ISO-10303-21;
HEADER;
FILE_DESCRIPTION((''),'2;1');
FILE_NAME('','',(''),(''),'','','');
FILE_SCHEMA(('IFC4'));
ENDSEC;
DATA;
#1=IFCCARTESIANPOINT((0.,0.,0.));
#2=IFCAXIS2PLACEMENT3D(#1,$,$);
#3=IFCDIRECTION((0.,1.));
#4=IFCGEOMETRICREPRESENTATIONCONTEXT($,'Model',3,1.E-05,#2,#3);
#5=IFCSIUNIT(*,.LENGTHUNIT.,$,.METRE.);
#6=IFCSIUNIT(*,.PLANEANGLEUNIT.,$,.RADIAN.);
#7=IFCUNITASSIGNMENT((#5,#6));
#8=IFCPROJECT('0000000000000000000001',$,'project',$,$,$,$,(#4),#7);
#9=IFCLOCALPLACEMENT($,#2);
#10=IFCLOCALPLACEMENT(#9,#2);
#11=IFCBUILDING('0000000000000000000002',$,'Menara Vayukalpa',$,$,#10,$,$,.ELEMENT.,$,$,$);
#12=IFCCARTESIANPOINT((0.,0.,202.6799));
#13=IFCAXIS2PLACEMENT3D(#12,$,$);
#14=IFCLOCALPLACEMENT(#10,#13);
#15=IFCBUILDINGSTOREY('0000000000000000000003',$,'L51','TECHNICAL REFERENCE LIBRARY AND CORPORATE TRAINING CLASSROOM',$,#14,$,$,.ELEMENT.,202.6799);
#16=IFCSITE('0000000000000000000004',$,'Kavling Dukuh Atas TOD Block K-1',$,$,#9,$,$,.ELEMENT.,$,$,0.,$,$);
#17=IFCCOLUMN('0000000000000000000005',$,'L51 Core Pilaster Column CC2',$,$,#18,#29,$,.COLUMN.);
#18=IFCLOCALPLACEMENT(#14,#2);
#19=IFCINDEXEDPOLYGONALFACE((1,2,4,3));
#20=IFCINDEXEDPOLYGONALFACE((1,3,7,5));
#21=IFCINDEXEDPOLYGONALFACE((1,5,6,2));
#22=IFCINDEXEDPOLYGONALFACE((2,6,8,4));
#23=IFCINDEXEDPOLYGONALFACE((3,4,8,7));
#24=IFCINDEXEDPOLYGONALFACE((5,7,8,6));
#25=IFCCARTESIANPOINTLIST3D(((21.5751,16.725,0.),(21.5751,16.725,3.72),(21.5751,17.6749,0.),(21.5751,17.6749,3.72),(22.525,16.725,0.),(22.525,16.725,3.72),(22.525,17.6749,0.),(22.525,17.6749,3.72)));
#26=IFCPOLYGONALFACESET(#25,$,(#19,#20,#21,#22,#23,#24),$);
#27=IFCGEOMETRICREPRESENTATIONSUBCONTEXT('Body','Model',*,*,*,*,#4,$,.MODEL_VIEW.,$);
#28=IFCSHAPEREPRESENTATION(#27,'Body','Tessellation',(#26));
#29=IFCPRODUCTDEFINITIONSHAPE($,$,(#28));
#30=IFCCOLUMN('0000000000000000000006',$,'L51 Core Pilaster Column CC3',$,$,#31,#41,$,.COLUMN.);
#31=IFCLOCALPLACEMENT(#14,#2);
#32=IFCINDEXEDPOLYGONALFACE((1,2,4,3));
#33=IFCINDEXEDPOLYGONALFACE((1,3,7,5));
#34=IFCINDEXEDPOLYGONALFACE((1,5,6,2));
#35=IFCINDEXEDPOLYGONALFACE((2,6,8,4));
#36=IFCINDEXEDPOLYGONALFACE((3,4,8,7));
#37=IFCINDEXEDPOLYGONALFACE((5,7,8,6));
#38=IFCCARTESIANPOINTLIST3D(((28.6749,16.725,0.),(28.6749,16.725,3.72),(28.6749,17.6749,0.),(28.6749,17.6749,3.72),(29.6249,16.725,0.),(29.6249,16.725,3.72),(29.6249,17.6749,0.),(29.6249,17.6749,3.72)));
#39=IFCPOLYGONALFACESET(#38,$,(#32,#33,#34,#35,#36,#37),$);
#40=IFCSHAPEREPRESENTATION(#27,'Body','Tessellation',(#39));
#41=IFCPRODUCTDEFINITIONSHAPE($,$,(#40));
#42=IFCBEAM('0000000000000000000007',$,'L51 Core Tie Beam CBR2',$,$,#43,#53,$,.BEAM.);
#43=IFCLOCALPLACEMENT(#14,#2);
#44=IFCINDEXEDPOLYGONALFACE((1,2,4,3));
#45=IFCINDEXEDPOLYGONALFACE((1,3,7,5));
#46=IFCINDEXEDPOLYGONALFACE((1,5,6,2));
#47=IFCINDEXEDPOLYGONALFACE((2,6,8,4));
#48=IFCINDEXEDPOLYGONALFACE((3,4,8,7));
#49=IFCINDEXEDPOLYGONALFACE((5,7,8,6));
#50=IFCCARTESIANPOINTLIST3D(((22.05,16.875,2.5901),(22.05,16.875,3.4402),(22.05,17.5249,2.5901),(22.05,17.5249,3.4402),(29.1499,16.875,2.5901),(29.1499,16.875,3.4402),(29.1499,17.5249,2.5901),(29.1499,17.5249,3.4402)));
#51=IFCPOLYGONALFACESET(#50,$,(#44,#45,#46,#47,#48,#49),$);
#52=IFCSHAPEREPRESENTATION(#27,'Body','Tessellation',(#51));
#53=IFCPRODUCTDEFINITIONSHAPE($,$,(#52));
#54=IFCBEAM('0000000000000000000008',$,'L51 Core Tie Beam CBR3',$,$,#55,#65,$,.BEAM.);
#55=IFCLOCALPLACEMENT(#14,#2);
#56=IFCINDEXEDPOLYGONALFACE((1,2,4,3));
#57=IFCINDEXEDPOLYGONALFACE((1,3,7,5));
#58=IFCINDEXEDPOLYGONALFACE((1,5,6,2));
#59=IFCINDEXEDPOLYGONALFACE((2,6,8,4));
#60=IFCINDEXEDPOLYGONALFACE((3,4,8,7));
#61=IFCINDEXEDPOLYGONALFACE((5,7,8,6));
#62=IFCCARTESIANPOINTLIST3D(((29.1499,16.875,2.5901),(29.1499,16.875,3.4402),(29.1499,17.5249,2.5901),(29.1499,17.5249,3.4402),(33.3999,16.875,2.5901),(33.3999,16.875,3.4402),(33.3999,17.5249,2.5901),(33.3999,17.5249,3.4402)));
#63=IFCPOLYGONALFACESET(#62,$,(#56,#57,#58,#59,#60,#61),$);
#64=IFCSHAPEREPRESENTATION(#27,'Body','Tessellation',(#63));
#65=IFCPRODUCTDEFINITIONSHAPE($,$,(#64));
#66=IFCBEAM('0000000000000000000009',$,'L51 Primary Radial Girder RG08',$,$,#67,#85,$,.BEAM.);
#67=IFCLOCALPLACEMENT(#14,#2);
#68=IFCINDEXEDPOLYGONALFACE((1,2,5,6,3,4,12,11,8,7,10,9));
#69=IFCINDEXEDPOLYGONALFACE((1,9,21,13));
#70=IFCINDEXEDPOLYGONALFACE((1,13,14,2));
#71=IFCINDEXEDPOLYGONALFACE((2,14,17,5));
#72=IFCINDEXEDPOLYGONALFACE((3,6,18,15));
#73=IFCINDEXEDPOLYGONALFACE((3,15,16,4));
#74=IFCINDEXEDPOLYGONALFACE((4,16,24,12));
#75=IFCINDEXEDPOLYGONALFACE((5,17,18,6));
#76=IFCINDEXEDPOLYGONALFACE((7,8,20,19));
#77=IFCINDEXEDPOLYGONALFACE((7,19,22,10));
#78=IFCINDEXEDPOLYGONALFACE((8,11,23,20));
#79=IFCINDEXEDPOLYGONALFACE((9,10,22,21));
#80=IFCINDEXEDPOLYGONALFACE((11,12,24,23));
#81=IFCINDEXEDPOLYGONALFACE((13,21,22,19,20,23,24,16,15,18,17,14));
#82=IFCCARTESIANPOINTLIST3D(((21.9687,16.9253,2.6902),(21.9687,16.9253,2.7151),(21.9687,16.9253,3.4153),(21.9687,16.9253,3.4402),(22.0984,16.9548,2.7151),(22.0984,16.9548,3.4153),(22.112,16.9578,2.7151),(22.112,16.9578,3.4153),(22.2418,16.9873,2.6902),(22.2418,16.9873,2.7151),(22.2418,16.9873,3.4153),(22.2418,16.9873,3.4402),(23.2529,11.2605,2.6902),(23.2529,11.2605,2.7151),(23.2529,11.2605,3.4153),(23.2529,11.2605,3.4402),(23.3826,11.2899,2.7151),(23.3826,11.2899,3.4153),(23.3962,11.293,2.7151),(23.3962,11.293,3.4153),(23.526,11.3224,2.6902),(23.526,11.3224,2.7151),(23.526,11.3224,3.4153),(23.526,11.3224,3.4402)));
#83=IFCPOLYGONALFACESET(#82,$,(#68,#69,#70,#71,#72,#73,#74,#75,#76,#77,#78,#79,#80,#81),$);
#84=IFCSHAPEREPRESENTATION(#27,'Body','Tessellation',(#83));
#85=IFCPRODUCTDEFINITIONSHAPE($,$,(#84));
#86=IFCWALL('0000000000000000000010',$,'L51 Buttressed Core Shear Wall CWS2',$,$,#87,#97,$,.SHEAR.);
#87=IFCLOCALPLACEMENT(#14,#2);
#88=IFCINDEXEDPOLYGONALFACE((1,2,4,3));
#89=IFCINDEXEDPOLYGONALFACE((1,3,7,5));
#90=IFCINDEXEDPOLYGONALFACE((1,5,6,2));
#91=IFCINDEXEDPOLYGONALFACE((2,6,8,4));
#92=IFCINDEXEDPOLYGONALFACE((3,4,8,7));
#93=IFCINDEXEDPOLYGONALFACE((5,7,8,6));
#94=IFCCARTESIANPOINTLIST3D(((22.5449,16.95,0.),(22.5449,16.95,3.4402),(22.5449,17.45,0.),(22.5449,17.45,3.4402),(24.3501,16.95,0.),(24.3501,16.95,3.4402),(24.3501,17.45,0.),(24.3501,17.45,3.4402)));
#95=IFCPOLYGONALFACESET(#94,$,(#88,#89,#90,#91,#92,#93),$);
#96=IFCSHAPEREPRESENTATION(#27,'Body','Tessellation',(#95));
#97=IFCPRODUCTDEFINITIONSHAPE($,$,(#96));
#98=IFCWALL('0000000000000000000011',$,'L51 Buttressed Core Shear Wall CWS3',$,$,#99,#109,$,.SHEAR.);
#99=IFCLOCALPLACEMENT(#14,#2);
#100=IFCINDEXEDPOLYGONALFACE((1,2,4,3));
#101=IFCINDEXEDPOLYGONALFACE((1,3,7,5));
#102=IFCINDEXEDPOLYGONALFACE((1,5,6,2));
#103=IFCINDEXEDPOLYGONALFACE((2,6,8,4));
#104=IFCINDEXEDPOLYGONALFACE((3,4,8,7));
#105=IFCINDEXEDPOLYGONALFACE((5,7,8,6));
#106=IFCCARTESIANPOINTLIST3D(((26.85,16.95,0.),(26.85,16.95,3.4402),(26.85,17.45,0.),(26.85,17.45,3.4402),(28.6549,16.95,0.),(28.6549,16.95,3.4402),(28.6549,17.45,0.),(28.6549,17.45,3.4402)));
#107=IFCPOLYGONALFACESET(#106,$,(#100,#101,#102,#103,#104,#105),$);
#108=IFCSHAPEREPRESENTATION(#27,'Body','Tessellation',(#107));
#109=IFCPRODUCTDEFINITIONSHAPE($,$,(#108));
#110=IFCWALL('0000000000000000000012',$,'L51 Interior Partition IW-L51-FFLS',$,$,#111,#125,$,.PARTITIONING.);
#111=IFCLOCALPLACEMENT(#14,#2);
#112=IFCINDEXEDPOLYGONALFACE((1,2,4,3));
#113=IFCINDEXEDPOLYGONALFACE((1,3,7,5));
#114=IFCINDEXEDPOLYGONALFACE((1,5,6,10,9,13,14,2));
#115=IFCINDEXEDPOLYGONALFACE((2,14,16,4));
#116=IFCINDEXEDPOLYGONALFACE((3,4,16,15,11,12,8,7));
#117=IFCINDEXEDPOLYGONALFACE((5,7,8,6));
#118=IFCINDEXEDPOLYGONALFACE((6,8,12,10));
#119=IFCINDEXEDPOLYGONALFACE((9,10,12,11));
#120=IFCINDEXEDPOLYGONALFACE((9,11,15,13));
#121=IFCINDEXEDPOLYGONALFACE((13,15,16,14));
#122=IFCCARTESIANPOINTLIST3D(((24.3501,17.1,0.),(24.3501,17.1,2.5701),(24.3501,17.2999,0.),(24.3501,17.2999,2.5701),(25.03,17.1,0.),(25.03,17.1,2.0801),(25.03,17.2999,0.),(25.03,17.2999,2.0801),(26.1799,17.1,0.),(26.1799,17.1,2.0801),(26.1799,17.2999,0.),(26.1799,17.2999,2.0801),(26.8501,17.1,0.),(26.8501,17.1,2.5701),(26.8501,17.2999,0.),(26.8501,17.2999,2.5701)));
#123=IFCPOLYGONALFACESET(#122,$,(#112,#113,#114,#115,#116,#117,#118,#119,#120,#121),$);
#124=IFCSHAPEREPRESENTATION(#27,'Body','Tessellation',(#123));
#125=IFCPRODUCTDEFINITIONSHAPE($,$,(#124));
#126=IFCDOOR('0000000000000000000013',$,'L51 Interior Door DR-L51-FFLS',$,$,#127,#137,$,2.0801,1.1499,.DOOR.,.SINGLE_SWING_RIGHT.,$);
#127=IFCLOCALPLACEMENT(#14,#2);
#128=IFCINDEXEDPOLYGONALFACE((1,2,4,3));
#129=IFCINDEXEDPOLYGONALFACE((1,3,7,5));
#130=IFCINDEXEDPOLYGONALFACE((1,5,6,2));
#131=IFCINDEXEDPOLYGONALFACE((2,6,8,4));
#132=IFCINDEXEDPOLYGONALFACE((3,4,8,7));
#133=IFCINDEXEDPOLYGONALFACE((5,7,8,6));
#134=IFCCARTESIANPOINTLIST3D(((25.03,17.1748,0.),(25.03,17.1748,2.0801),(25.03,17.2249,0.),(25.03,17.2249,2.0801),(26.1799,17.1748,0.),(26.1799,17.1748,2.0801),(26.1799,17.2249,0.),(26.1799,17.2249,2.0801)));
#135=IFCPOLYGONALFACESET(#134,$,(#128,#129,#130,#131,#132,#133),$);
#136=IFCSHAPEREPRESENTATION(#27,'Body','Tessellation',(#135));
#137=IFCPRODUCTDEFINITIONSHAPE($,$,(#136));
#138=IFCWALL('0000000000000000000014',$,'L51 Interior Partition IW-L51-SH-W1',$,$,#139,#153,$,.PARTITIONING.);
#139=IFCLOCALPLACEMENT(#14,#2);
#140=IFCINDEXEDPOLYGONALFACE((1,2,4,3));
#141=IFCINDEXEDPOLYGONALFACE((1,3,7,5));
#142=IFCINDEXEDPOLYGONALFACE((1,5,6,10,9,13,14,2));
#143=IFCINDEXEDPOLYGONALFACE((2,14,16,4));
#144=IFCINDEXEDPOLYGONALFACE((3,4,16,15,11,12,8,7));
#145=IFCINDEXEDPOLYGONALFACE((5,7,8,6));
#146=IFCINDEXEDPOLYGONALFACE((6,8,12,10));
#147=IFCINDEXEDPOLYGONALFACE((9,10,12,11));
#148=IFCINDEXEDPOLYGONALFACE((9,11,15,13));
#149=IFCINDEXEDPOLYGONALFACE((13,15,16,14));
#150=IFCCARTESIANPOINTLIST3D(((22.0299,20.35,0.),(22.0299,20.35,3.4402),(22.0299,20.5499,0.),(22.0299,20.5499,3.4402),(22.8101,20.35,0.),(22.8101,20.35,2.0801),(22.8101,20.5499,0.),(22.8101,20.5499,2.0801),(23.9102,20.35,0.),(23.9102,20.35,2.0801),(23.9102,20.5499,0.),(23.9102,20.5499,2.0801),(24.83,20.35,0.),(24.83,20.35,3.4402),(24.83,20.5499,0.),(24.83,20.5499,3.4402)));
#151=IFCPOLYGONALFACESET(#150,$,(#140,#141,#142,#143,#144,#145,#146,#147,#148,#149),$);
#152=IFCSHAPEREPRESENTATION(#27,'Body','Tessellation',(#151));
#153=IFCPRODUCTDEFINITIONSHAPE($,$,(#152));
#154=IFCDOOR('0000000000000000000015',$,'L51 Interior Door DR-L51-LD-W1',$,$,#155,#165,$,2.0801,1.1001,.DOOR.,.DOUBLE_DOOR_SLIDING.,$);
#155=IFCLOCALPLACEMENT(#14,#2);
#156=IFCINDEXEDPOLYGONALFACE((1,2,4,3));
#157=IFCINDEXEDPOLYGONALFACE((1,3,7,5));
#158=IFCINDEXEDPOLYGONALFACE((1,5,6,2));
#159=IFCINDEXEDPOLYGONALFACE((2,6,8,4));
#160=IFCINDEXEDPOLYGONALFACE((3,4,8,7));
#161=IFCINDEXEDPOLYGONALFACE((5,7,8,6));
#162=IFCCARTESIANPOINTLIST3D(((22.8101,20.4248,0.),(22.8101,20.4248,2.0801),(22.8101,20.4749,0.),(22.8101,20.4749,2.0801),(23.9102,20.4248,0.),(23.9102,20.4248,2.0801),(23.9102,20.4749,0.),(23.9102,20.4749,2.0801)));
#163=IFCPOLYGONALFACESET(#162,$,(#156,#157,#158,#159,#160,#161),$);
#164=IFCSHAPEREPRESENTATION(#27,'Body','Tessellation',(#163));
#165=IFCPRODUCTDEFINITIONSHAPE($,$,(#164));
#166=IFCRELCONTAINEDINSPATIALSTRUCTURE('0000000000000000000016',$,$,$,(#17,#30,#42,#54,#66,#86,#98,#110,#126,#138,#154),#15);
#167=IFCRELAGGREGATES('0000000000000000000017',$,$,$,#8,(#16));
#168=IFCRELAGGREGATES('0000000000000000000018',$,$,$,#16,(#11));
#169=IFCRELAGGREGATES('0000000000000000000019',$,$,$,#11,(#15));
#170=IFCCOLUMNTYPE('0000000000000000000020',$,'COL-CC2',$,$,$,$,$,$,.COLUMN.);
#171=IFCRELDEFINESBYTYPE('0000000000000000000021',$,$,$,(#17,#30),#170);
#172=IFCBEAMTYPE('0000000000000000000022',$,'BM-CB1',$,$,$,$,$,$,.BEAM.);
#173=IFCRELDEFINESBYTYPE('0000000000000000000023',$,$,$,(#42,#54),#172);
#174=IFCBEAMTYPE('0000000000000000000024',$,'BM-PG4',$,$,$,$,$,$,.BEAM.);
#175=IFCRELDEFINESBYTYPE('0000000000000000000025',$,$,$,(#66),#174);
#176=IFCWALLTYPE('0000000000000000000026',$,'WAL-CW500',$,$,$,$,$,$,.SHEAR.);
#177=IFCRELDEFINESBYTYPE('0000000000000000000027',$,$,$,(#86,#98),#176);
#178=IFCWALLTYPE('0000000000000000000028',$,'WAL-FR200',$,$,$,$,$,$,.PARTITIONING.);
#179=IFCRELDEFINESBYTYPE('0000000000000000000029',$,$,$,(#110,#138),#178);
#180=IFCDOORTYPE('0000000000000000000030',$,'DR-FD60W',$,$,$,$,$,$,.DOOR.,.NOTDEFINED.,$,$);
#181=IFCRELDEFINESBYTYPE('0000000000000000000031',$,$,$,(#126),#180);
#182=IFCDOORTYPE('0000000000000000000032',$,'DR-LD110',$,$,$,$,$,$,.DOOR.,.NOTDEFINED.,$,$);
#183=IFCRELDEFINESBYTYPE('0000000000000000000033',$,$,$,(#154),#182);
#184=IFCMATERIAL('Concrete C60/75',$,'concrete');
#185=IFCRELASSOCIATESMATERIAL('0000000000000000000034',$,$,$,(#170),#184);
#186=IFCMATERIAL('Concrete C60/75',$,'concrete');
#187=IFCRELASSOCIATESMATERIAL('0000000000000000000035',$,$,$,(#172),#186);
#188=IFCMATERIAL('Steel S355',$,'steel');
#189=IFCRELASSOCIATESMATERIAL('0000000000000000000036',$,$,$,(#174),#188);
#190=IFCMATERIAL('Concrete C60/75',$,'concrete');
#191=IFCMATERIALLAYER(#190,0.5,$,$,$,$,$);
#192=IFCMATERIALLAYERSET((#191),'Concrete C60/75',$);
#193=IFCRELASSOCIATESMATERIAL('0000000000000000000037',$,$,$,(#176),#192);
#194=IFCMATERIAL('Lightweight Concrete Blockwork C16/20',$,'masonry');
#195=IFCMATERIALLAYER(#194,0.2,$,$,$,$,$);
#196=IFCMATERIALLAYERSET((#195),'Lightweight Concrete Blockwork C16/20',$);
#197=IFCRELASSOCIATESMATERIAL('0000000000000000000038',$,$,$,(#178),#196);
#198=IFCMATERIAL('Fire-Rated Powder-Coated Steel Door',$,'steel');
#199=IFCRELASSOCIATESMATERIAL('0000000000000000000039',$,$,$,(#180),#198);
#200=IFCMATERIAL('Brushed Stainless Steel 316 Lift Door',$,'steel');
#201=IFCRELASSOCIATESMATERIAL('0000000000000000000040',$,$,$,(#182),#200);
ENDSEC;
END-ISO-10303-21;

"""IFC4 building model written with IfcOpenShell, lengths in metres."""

from ifc_helpers import new_model, si_unit, direction, frame, frame_2d, origin, origin_2d, place, context, subcontext, project, spatial, rectangle, i_section, extrude, material, layer, layer_set, material_profile, profile_set, type_object, element, fill, save


model = new_model("IFC4")

# Units and contexts
model_context = context("Model", 3, precision=1e-05, world=origin(), true_north=direction((0.0, 1.0)))
body_context = subcontext(model_context, "Body", "Model", "MODEL_VIEW")
ifc_project = project(units=[si_unit("LENGTHUNIT", "METRE"), si_unit("PLANEANGLEUNIT", "RADIAN")], contexts=[model_context])

# Site, building, storey
site_placement = place(None, origin())
site = spatial("IfcSite", under=ifc_project, at=site_placement, Name="Kavling Dukuh Atas TOD Block K-1", CompositionType="ELEMENT", RefElevation=0.0)
building_placement = place(site_placement, origin())
building = spatial("IfcBuilding", under=site, at=building_placement, Name="Menara Vayukalpa", CompositionType="ELEMENT")
storey_placement = place(building_placement, frame((0.0, 0.0, 202.6799)))
storey = spatial("IfcBuildingStorey", under=building, at=storey_placement, Name="L51", Description="TECHNICAL REFERENCE LIBRARY AND CORPORATE TRAINING CLASSROOM", CompositionType="ELEMENT", Elevation=202.6799)

# Columns
ifc_material_1 = material(Name="Concrete C60/75", Category="concrete")
ifc_material_profile_1 = material_profile(ifc_material_1, rectangle(XDim=0.95, YDim=0.95, at=origin_2d()), Name="RC 950x950")
ifc_profile_set_1 = profile_set([ifc_material_profile_1], Name="Concrete C60/75")
column_type = type_object("IfcColumnType", Name="COL-CC2", PredefinedType="COLUMN", material=ifc_profile_set_1)
for number, where, z_axis, x_axis, name in (
    (1, (22.05, 17.2, 0.0), (0.0, 0.0, 1.0), (1.0, 0.0, 0.0), "L51 Core Pilaster Column CC2"),
    (2, (29.1499, 17.2, 0.0), (0.0, 0.0, 1.0), (1.0, 0.0, 0.0), "L51 Core Pilaster Column CC3"),
):
    element("IfcColumn", number, at=place(storey_placement, frame(where, z_axis=z_axis, x_axis=x_axis)), inside=storey, type_object=column_type, Name=name, PredefinedType="COLUMN", context=body_context, shape_type="SweptSolid", body=[
        extrude(rectangle(XDim=0.95, YDim=0.95, at=origin_2d()), origin(), (0.0, 0.0, 1.0), 3.72),
    ])

# Beams
ifc_material_2 = material(Name="Concrete C60/75", Category="concrete")
ifc_material_profile_2 = material_profile(ifc_material_2, rectangle(XDim=0.6499, YDim=0.8501, at=origin_2d()), Name="RC 650x850")
ifc_profile_set_2 = profile_set([ifc_material_profile_2], Name="Concrete C60/75")
beam_type_1 = type_object("IfcBeamType", Name="BM-CB1", PredefinedType="BEAM", material=ifc_profile_set_2)
beam_1_placement = place(storey_placement, frame((22.05, 17.2, 3.0151), z_axis=(1.0, 0.0, 0.0), x_axis=(0.0, 1.0, 0.0)))
element("IfcBeam", 3, at=beam_1_placement, inside=storey, type_object=beam_type_1, Name="L51 Core Tie Beam CBR2", PredefinedType="BEAM", context=body_context, shape_type="SweptSolid", body=[
    extrude(rectangle(XDim=0.6499, YDim=0.8501, at=origin_2d()), origin(), (0.0, 0.0, 1.0), 7.0999),
])
beam_2_placement = place(storey_placement, frame((29.1499, 17.2, 3.0151), z_axis=(1.0, 0.0, 0.0), x_axis=(0.0, 1.0, 0.0)))
element("IfcBeam", 4, at=beam_2_placement, inside=storey, type_object=beam_type_1, Name="L51 Core Tie Beam CBR3", PredefinedType="BEAM", context=body_context, shape_type="SweptSolid", body=[
    extrude(rectangle(XDim=0.6499, YDim=0.8501, at=origin_2d()), origin(), (0.0, 0.0, 1.0), 4.25),
])
ifc_material_3 = material(Name="Steel S355", Category="steel")
ifc_material_profile_3 = material_profile(ifc_material_3, i_section(OverallWidth=0.28, OverallDepth=0.75, WebThickness=0.0139, FlangeThickness=0.0249, at=origin_2d()), Name="WF 750x280x14x25")
ifc_profile_set_3 = profile_set([ifc_material_profile_3], Name="Steel S355")
beam_type_2 = type_object("IfcBeamType", Name="BM-PG4", PredefinedType="BEAM", material=ifc_profile_set_3)
beam_3_placement = place(storey_placement, frame((22.1052, 16.9563, 3.0652), z_axis=(0.221085, -0.975255, 0.0), x_axis=(0.975255, 0.221085, 0.0)))
element("IfcBeam", 5, at=beam_3_placement, inside=storey, type_object=beam_type_2, Name="L51 Primary Radial Girder RG08", PredefinedType="BEAM", context=body_context, shape_type="SweptSolid", body=[
    extrude(i_section(OverallWidth=0.28, OverallDepth=0.75, WebThickness=0.0139, FlangeThickness=0.0249, at=origin_2d()), origin(), (0.0, 0.0, 1.0), 5.8086),
])

# Walls
ifc_material_4 = material(Name="Concrete C60/75", Category="concrete")
ifc_layer_1 = layer(ifc_material_4, 0.5)
ifc_layer_set_1 = layer_set([ifc_layer_1], Name="Concrete C60/75")
wall_type_1 = type_object("IfcWallType", Name="WAL-CW500", PredefinedType="SHEAR", material=ifc_layer_set_1)
wall_1_placement = place(storey_placement, frame((22.5449, 17.2, 0.0), z_axis=(0.0, 0.0, 1.0), x_axis=(1.0, 0.0, 0.0)))
element("IfcWall", 6, at=wall_1_placement, inside=storey, type_object=wall_type_1, Name="L51 Buttressed Core Shear Wall CWS2", PredefinedType="SHEAR", context=body_context, shape_type="SweptSolid", body=[
    extrude(rectangle(XDim=1.8052, YDim=0.5, at=frame_2d((0.9026, 0.0))), origin(), (0.0, 0.0, 1.0), 3.4402),
])
wall_2_placement = place(storey_placement, frame((26.8501, 17.2, 0.0), z_axis=(0.0, 0.0, 1.0), x_axis=(1.0, 0.0, 0.0)))
element("IfcWall", 7, at=wall_2_placement, inside=storey, type_object=wall_type_1, Name="L51 Buttressed Core Shear Wall CWS3", PredefinedType="SHEAR", context=body_context, shape_type="SweptSolid", body=[
    extrude(rectangle(XDim=1.8049, YDim=0.5, at=frame_2d((0.9023, 0.0))), origin(), (0.0, 0.0, 1.0), 3.4402),
])

# Walls, openings, doors
ifc_material_5 = material(Name="Lightweight Concrete Blockwork C16/20", Category="masonry")
ifc_layer_2 = layer(ifc_material_5, 0.2)
ifc_layer_set_2 = layer_set([ifc_layer_2], Name="Lightweight Concrete Blockwork C16/20")
wall_type_2 = type_object("IfcWallType", Name="WAL-FR200", PredefinedType="PARTITIONING", material=ifc_layer_set_2)
wall_3_placement = place(storey_placement, frame((24.3501, 17.2, 0.0), z_axis=(0.0, 0.0, 1.0), x_axis=(1.0, 0.0, 0.0)))
wall_3 = element("IfcWall", 8, at=wall_3_placement, inside=storey, type_object=wall_type_2, Name="L51 Interior Partition IW-L51-FFLS", PredefinedType="PARTITIONING", context=body_context, shape_type="SweptSolid", body=[
    extrude(rectangle(XDim=2.5, YDim=0.2, at=frame_2d((1.25, 0.0))), origin(), (0.0, 0.0, 1.0), 2.5701),
])
opening_1_placement = place(wall_3_placement, frame((0.6799, 0.0, 0.0)))
opening_1 = element("IfcOpeningElement", 9, at=opening_1_placement, cuts=wall_3, PredefinedType="OPENING", context=body_context, shape_type="SweptSolid", body=[
    extrude(rectangle(XDim=1.1499, YDim=2.0801, at=frame_2d((0.575, 1.04))), frame((0.0, 0.1099, 0.0), z_axis=(0.0, -1.0, 0.0), x_axis=(1.0, 0.0, 0.0)), (0.0, 0.0, 1.0), 0.22),
])
ifc_material_6 = material(Name="Fire-Rated Powder-Coated Steel Door", Category="steel")
door_type_1 = type_object("IfcDoorType", Name="DR-FD60W", OperationType="NOTDEFINED", PredefinedType="DOOR", material=ifc_material_6)
door_1_placement = place(opening_1_placement, origin())
door_1 = element("IfcDoor", 10, at=door_1_placement, inside=storey, type_object=door_type_1, Name="L51 Interior Door DR-L51-FFLS", OperationType="SINGLE_SWING_RIGHT", OverallHeight=2.0801, OverallWidth=1.1499, PredefinedType="DOOR", context=body_context, shape_type="SweptSolid", body=[
    extrude(rectangle(XDim=1.1499, YDim=2.0801, at=frame_2d((0.575, 1.04))), frame((0.0, 0.0249, 0.0), z_axis=(0.0, -1.0, 0.0), x_axis=(1.0, 0.0, 0.0)), (0.0, 0.0, 1.0), 0.05),
])
fill(opening_1, door_1)
wall_4_placement = place(storey_placement, frame((22.03, 20.45, 0.0), z_axis=(0.0, 0.0, 1.0), x_axis=(1.0, 0.0, 0.0)))
wall_4 = element("IfcWall", 11, at=wall_4_placement, inside=storey, type_object=wall_type_2, Name="L51 Interior Partition IW-L51-SH-W1", PredefinedType="PARTITIONING", context=body_context, shape_type="SweptSolid", body=[
    extrude(rectangle(XDim=2.8, YDim=0.2, at=frame_2d((1.3999, 0.0))), origin(), (0.0, 0.0, 1.0), 3.4402),
])
opening_2_placement = place(wall_4_placement, frame((0.78, 0.0, 0.0)))
opening_2 = element("IfcOpeningElement", 12, at=opening_2_placement, cuts=wall_4, PredefinedType="OPENING", context=body_context, shape_type="SweptSolid", body=[
    extrude(rectangle(XDim=1.1001, YDim=2.0801, at=frame_2d((0.55, 1.04))), frame((0.0, 0.1099, 0.0), z_axis=(0.0, -1.0, 0.0), x_axis=(1.0, 0.0, 0.0)), (0.0, 0.0, 1.0), 0.22),
])
ifc_material_7 = material(Name="Brushed Stainless Steel 316 Lift Door", Category="steel")
door_type_2 = type_object("IfcDoorType", Name="DR-LD110", OperationType="NOTDEFINED", PredefinedType="DOOR", material=ifc_material_7)
door_2_placement = place(opening_2_placement, origin())
door_2 = element("IfcDoor", 13, at=door_2_placement, inside=storey, type_object=door_type_2, Name="L51 Interior Door DR-L51-LD-W1", OperationType="DOUBLE_DOOR_SLIDING", OverallHeight=2.0801, OverallWidth=1.1001, PredefinedType="DOOR", context=body_context, shape_type="SweptSolid", body=[
    extrude(rectangle(XDim=1.1001, YDim=2.0801, at=frame_2d((0.55, 1.04))), frame((0.0, 0.0249, 0.0), z_axis=(0.0, -1.0, 0.0), x_axis=(1.0, 0.0, 0.0)), (0.0, 0.0, 1.0), 0.05),
])
fill(opening_2, door_2)

save(model, "model.ifc")
